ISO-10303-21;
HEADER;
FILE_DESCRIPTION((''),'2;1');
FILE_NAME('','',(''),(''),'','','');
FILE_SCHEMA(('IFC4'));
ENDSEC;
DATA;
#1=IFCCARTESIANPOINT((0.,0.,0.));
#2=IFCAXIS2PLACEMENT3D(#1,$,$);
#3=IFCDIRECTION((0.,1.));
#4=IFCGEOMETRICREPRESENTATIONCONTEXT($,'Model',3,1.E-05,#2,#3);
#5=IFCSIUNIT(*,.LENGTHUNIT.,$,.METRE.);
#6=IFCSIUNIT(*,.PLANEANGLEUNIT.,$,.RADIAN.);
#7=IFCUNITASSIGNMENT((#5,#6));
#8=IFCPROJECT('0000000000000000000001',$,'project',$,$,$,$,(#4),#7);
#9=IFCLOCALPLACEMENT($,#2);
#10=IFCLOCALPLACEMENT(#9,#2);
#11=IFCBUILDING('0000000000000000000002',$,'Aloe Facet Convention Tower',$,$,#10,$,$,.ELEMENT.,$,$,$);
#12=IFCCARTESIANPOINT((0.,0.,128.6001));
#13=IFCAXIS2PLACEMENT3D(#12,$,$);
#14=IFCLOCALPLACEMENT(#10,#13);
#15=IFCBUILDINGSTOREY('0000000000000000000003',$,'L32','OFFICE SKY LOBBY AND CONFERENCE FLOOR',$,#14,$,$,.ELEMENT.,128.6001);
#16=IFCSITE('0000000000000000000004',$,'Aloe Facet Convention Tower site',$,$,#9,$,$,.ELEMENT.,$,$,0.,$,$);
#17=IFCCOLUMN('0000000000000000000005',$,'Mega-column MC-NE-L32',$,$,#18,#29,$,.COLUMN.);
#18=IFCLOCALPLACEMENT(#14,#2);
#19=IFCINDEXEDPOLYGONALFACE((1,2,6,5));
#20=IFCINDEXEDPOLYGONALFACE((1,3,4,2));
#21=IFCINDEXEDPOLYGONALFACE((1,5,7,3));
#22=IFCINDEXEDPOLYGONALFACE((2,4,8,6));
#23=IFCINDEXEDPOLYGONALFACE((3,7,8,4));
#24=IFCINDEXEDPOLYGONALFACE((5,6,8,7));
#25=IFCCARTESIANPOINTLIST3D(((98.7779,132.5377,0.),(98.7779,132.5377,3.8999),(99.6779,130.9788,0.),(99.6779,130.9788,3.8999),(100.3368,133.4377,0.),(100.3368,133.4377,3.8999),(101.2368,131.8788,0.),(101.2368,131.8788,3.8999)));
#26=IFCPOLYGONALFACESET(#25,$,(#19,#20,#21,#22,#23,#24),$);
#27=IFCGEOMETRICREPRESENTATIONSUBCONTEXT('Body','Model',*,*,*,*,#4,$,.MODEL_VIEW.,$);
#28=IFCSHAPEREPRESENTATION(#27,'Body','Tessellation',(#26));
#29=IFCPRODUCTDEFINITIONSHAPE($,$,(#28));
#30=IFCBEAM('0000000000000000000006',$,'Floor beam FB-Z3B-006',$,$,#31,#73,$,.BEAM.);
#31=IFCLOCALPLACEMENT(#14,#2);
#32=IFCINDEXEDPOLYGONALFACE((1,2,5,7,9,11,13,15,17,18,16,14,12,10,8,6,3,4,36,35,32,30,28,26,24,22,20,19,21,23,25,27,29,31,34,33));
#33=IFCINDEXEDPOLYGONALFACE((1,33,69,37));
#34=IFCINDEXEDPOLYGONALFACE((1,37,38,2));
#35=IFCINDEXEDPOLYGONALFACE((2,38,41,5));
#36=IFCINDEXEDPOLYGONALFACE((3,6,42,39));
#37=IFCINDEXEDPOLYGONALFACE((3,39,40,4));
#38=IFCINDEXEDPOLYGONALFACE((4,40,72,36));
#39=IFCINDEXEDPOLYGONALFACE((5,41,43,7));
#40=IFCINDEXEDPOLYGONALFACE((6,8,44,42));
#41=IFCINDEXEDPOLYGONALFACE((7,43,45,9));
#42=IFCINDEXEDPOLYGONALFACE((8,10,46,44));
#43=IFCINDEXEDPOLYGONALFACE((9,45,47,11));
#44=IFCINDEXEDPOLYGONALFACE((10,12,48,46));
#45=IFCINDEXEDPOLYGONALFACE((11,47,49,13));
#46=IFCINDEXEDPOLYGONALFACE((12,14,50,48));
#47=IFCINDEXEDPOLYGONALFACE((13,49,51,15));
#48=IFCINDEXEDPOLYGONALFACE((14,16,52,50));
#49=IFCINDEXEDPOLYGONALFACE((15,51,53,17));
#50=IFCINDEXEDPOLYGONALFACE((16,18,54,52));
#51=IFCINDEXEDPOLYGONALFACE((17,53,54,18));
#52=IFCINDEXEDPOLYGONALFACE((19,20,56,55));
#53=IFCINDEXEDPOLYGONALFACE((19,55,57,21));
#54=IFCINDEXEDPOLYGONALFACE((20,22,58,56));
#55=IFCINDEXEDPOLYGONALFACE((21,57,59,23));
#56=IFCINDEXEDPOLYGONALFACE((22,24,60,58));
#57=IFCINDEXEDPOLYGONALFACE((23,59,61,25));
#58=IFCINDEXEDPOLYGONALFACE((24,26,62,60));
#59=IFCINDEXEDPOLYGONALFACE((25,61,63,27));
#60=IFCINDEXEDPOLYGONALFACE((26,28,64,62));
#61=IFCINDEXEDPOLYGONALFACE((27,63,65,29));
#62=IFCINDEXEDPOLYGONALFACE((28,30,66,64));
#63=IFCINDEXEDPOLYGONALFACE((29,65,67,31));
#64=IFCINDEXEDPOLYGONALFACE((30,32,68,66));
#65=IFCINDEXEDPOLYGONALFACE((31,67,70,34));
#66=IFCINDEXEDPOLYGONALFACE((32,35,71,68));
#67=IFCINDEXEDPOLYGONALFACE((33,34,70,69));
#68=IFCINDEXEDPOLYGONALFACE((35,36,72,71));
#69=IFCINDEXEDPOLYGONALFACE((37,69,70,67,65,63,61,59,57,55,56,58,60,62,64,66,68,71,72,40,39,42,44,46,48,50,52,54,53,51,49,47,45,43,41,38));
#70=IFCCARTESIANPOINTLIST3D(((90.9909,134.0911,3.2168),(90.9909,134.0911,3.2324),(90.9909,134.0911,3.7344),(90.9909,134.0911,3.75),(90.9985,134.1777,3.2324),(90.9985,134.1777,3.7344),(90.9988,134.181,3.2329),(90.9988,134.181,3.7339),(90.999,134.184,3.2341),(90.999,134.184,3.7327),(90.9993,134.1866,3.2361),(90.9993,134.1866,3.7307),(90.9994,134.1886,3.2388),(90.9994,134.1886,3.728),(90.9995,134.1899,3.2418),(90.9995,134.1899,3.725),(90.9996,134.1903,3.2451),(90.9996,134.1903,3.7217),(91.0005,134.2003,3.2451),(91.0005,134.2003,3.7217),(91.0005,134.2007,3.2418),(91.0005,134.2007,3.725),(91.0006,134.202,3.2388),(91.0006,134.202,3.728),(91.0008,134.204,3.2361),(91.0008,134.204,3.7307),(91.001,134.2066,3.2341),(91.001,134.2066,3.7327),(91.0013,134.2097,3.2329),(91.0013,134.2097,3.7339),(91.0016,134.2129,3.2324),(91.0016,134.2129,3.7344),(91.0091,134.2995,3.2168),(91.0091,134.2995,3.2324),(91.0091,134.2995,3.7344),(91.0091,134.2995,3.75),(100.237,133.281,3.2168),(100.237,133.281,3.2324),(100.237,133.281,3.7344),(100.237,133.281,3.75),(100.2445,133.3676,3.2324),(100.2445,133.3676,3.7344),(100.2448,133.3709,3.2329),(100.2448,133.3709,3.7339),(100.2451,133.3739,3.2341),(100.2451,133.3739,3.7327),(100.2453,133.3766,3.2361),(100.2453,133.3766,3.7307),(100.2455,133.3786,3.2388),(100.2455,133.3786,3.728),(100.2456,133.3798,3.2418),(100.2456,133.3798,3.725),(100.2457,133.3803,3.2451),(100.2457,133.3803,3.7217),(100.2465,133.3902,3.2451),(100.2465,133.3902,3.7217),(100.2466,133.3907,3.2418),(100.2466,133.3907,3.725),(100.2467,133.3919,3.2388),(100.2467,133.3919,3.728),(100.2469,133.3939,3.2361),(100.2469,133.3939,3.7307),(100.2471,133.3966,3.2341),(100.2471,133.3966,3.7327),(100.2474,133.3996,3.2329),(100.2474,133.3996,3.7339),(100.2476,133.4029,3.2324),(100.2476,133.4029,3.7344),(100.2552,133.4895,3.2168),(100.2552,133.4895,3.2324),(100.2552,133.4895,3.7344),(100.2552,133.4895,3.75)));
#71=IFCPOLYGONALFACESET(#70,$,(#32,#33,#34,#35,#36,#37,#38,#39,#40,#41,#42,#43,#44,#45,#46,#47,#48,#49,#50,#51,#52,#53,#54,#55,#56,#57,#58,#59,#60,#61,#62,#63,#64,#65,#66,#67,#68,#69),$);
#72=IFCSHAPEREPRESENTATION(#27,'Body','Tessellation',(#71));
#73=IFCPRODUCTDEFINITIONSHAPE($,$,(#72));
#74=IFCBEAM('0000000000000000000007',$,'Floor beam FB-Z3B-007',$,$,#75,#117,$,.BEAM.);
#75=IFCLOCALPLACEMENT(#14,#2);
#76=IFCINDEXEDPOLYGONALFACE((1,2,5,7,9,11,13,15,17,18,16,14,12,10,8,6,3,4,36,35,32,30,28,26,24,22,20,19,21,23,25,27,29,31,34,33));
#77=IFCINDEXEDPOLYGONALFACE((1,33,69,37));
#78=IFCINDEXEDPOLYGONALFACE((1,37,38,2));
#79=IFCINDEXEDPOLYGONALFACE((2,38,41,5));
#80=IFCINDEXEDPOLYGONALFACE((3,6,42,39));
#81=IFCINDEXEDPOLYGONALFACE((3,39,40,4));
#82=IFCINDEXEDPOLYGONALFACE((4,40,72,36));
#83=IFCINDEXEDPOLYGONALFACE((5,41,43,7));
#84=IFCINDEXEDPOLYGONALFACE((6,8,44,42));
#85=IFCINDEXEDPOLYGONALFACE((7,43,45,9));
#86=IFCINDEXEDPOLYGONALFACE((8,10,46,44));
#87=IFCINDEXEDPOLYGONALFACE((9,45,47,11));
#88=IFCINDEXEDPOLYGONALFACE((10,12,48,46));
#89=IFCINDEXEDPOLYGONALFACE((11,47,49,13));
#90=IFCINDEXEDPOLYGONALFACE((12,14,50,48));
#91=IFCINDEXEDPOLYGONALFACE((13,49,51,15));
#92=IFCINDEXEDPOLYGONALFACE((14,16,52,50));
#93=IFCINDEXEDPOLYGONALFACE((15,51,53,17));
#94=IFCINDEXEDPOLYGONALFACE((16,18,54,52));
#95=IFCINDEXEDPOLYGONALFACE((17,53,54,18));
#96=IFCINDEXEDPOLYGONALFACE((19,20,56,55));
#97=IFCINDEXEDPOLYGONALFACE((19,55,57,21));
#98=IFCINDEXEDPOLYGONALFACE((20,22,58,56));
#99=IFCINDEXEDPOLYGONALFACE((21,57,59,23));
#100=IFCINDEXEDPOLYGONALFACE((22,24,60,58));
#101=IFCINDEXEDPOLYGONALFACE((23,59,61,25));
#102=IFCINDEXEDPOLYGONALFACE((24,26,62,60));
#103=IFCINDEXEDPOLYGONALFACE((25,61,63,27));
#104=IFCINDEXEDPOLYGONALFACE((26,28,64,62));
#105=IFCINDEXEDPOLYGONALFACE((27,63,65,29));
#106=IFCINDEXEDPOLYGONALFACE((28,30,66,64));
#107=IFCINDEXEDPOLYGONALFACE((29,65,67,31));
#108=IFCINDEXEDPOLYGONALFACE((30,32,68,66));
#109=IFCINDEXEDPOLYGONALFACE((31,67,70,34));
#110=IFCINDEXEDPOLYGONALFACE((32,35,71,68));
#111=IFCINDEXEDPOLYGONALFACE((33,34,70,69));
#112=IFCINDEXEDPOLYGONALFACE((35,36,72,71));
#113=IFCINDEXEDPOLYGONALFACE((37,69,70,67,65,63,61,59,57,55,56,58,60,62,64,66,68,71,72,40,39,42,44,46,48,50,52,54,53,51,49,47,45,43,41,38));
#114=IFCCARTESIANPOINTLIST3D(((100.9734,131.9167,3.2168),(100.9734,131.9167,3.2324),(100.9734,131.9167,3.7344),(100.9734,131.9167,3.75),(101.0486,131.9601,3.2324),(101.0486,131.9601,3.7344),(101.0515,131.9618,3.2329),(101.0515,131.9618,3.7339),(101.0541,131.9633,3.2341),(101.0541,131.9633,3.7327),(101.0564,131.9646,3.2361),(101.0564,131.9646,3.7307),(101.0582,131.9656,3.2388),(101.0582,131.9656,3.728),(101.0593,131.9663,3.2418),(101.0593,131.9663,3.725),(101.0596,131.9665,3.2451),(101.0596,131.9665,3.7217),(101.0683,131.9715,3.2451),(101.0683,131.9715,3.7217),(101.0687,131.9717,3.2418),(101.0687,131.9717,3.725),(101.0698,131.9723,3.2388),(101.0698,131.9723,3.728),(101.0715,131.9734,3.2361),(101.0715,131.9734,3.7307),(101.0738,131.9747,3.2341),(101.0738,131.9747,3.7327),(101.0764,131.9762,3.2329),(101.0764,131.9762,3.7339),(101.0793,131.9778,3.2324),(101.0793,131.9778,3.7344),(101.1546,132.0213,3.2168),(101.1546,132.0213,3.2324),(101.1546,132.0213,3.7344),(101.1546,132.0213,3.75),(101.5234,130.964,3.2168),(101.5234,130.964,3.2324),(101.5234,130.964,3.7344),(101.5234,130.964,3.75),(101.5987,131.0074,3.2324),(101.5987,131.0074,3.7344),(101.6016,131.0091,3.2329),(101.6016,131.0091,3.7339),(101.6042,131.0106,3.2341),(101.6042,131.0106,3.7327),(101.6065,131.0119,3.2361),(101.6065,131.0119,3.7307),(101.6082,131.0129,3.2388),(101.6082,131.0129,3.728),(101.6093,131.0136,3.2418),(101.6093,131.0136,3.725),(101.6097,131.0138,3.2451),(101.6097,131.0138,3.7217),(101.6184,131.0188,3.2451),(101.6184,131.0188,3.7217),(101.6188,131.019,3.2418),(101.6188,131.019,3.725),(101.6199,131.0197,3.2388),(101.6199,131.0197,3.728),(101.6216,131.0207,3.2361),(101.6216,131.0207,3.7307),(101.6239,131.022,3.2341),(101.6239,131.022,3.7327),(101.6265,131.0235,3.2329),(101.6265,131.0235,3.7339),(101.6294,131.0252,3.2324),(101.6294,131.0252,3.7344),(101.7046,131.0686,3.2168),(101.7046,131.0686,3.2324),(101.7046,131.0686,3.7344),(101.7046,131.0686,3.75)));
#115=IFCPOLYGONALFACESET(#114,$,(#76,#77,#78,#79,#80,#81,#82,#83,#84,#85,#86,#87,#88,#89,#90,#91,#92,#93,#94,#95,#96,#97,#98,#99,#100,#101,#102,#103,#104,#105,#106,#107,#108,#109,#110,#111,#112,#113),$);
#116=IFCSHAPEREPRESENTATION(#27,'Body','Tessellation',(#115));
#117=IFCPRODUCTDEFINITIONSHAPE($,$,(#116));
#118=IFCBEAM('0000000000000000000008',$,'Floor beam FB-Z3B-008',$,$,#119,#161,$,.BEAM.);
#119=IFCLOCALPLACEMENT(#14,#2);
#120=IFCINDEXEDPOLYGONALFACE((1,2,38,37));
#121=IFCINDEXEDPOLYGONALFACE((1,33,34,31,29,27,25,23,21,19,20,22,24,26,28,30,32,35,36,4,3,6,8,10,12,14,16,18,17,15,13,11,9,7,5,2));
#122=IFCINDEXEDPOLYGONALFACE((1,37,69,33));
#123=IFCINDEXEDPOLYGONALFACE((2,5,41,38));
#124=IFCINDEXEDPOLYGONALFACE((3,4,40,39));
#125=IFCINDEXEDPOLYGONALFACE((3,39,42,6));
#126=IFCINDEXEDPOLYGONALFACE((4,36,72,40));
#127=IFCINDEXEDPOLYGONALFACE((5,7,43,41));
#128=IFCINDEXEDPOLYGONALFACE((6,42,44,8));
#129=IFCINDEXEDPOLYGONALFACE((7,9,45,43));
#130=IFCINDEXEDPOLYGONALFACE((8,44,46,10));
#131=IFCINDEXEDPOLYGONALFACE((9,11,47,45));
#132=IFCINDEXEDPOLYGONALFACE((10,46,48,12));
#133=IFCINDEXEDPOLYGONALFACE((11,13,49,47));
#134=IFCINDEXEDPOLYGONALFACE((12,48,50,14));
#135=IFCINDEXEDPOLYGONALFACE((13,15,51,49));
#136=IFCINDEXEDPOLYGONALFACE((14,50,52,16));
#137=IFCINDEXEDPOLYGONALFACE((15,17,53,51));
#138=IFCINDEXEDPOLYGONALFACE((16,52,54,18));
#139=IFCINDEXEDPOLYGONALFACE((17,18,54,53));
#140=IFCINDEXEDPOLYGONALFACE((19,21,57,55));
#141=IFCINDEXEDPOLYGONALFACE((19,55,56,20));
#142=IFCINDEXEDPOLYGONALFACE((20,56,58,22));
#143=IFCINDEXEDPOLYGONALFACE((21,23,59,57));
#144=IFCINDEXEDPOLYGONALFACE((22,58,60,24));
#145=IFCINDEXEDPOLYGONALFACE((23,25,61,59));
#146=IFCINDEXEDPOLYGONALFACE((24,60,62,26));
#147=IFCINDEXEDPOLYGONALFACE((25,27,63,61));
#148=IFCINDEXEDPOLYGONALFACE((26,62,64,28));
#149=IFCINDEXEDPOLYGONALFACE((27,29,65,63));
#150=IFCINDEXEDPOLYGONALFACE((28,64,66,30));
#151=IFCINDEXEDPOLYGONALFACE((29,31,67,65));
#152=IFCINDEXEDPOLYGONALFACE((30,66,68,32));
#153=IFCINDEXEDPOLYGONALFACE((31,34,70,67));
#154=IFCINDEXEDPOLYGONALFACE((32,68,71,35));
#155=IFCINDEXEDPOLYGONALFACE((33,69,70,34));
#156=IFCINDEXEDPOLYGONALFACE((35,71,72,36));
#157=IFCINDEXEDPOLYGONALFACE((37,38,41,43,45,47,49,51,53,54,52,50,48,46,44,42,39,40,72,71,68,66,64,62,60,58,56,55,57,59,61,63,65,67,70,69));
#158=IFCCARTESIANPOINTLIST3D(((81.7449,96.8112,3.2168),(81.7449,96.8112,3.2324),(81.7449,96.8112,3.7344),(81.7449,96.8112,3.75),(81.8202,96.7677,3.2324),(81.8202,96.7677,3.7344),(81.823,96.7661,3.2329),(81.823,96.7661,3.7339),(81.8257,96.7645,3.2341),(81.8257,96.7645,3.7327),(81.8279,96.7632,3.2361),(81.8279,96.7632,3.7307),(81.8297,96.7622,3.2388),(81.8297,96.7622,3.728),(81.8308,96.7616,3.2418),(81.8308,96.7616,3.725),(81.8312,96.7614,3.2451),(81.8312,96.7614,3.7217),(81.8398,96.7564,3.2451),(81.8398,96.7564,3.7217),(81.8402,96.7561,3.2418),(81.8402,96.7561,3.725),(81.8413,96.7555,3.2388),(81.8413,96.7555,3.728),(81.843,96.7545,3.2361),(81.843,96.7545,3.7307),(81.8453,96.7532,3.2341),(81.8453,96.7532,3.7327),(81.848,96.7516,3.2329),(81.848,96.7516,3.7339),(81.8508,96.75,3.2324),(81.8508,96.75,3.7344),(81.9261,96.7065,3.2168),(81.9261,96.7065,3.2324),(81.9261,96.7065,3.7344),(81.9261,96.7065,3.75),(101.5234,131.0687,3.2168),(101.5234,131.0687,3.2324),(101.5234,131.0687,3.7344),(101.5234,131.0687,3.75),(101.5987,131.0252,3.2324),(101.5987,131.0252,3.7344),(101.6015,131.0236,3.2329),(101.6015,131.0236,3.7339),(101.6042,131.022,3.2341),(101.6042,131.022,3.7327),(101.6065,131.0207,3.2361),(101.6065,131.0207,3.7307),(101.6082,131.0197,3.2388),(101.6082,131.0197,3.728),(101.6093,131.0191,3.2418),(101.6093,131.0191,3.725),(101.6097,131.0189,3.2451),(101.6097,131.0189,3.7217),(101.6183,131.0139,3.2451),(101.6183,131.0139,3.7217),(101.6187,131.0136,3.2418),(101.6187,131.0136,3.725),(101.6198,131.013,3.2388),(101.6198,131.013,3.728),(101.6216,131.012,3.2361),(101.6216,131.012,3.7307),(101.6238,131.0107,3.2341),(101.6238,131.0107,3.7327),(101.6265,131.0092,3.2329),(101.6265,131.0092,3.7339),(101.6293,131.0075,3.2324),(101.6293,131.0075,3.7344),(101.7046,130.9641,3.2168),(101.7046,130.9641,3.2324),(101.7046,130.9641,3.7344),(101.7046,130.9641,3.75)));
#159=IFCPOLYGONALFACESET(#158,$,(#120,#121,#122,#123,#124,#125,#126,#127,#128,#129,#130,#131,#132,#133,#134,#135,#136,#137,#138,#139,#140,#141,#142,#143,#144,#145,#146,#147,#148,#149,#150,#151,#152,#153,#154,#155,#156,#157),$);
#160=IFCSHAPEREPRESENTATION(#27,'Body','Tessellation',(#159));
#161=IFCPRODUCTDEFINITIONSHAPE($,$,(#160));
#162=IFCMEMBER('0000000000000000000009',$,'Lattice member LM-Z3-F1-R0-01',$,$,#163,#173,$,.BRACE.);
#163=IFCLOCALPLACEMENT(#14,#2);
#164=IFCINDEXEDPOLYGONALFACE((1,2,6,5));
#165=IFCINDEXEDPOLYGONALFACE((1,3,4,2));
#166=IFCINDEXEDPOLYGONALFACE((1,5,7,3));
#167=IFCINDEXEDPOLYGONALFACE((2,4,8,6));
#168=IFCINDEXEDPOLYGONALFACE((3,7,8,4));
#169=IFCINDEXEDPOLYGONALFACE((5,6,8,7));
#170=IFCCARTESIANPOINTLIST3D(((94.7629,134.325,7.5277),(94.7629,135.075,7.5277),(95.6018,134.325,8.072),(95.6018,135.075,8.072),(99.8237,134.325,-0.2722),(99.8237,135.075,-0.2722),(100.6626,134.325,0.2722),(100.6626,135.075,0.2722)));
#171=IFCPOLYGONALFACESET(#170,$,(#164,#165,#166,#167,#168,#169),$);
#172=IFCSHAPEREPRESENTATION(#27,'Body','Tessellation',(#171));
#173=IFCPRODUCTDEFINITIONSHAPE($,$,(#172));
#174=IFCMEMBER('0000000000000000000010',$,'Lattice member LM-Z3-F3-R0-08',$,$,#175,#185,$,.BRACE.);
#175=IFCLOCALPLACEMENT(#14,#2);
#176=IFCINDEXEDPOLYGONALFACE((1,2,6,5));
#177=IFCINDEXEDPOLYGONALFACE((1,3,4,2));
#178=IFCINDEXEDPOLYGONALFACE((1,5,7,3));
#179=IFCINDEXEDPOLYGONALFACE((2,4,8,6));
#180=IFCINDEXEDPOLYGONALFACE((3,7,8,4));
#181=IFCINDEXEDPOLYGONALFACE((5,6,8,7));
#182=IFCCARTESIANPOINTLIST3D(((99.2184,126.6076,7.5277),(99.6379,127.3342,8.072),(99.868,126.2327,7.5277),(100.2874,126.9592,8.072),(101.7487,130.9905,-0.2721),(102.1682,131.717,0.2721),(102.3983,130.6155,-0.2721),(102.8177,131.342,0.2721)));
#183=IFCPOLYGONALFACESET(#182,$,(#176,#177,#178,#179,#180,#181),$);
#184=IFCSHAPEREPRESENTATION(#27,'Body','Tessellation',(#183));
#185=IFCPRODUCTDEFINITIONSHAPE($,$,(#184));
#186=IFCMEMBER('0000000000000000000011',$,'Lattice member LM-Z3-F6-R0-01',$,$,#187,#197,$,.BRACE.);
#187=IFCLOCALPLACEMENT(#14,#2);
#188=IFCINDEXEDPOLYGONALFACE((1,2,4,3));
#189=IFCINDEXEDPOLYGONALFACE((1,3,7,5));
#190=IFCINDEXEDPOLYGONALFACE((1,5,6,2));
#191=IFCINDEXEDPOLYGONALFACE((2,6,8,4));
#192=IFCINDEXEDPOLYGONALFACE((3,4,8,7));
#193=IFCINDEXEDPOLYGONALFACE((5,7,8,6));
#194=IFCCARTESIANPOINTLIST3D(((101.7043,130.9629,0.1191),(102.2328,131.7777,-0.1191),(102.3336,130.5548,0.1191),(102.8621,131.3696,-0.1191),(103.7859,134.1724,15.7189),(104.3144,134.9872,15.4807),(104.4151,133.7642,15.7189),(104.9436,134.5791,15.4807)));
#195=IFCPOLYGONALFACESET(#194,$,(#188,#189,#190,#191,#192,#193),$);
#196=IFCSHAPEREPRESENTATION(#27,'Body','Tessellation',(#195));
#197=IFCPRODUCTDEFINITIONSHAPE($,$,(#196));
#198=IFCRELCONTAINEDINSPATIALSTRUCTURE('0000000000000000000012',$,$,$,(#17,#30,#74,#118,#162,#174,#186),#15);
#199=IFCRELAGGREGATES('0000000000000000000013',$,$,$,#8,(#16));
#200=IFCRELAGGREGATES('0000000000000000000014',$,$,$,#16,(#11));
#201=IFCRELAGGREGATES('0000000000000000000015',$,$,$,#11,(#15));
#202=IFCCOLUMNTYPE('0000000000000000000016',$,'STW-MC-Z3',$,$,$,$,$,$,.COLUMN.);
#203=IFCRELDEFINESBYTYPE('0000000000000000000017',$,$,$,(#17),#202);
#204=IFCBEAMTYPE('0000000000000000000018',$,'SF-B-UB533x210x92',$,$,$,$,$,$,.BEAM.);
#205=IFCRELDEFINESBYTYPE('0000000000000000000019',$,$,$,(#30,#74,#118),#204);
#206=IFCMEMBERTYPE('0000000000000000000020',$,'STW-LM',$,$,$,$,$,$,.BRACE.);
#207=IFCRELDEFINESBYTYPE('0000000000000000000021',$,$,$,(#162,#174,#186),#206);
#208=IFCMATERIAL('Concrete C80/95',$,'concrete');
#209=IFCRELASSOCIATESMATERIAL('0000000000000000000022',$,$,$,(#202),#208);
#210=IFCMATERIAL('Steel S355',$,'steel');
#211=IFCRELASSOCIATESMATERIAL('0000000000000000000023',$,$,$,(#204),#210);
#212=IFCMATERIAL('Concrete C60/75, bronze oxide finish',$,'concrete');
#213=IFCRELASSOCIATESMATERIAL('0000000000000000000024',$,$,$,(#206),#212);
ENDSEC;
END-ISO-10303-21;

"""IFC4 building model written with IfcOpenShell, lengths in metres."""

from ifc_helpers import new_model, si_unit, direction, frame, origin, origin_2d, place, context, subcontext, project, spatial, rectangle, i_section, extrude, material, material_profile, profile_set, type_object, element, save


model = new_model("IFC4")

# Units and contexts
model_context = context("Model", 3, precision=1e-05, world=origin(), true_north=direction((0.0, 1.0)))
body_context = subcontext(model_context, "Body", "Model", "MODEL_VIEW")
ifc_project = project(units=[si_unit("LENGTHUNIT", "METRE"), si_unit("PLANEANGLEUNIT", "RADIAN")], contexts=[model_context])

# Site, building, storey
site_placement = place(None, origin())
site = spatial("IfcSite", under=ifc_project, at=site_placement, Name="Aloe Facet Convention Tower site", CompositionType="ELEMENT", RefElevation=0.0)
building_placement = place(site_placement, origin())
building = spatial("IfcBuilding", under=site, at=building_placement, Name="Aloe Facet Convention Tower", CompositionType="ELEMENT")
storey_placement = place(building_placement, frame((0.0, 0.0, 128.6001)))
storey = spatial("IfcBuildingStorey", under=building, at=storey_placement, Name="L32", Description="OFFICE SKY LOBBY AND CONFERENCE FLOOR", CompositionType="ELEMENT", Elevation=128.6001)

# Column
ifc_material_1 = material(Name="Concrete C80/95", Category="concrete")
ifc_material_profile_1 = material_profile(ifc_material_1, rectangle(XDim=1.8, YDim=1.8, at=origin_2d()), Name="STW-MC-Z3")
ifc_profile_set_1 = profile_set([ifc_material_profile_1], Name="Concrete C80/95")
column_type = type_object("IfcColumnType", Name="STW-MC-Z3", PredefinedType="COLUMN", material=ifc_profile_set_1)
column_placement = place(storey_placement, frame((100.0073, 132.2083, 0.0), z_axis=(0.0, 0.0, 1.0), x_axis=(-0.5, 0.866025, 0.0)))
element("IfcColumn", 1, at=column_placement, inside=storey, type_object=column_type, Name="Mega-column MC-NE-L32", PredefinedType="COLUMN", context=body_context, shape_type="SweptSolid", body=[
    extrude(rectangle(XDim=1.8, YDim=1.8, at=origin_2d()), origin(), (0.0, 0.0, 1.0), 3.8999),
])

# Beams
ifc_material_2 = material(Name="Steel S355", Category="steel")
ifc_material_profile_2 = material_profile(ifc_material_2, i_section(OverallWidth=0.2092, OverallDepth=0.5332, WebThickness=0.01, FlangeThickness=0.0156, FilletRadius=0.0127, at=origin_2d()), Name="UB 533x210x92")
ifc_profile_set_2 = profile_set([ifc_material_profile_2], Name="Steel S355")
beam_type = type_object("IfcBeamType", Name="SF-B-UB533x210x92", PredefinedType="BEAM", material=ifc_profile_set_2)
beam_1_placement = place(storey_placement, frame((100.2461, 133.3853, 3.4834), z_axis=(-0.996184, 0.087277, 0.0), x_axis=(-0.087277, -0.996184, 0.0)))
element("IfcBeam", 2, at=beam_1_placement, inside=storey, type_object=beam_type, Name="Floor beam FB-Z3B-006", PredefinedType="BEAM", context=body_context, shape_type="SweptSolid", body=[
    extrude(i_section(OverallWidth=0.2092, OverallDepth=0.5332, WebThickness=0.01, FlangeThickness=0.0156, FilletRadius=0.0127, at=origin_2d()), origin(), (0.0, 0.0, 1.0), 9.2815),
])
beam_2_placement = place(storey_placement, frame((101.064, 131.969, 3.4834), z_axis=(0.50003, -0.866008, 0.0), x_axis=(0.866008, 0.50003, 0.0)))
element("IfcBeam", 3, at=beam_2_placement, inside=storey, type_object=beam_type, Name="Floor beam FB-Z3B-007", PredefinedType="BEAM", context=body_context, shape_type="SweptSolid", body=[
    extrude(i_section(OverallWidth=0.2092, OverallDepth=0.5332, WebThickness=0.01, FlangeThickness=0.0156, FilletRadius=0.0127, at=origin_2d()), origin(), (0.0, 0.0, 1.0), 1.1001),
])
beam_3_placement = place(storey_placement, frame((101.614, 131.0164, 3.4834), z_axis=(-0.499999, -0.866026, 0.0), x_axis=(0.866026, -0.499999, 0.0)))
element("IfcBeam", 4, at=beam_3_placement, inside=storey, type_object=beam_type, Name="Floor beam FB-Z3B-008", PredefinedType="BEAM", context=body_context, shape_type="SweptSolid", body=[
    extrude(i_section(OverallWidth=0.2092, OverallDepth=0.5332, WebThickness=0.01, FlangeThickness=0.0156, FilletRadius=0.0127, at=origin_2d()), origin(), (0.0, 0.0, 1.0), 39.5571),
])

# Members
ifc_material_3 = material(Name="Concrete C60/75, bronze oxide finish", Category="concrete")
ifc_material_profile_3 = material_profile(ifc_material_3, rectangle(XDim=0.75, YDim=1.0, at=origin_2d()), Name="STW-LM")
ifc_profile_set_3 = profile_set([ifc_material_profile_3], Name="Concrete C60/75, bronze oxide finish")
member_type = type_object("IfcMemberType", Name="STW-LM", PredefinedType="BRACE", material=ifc_profile_set_3)
for number, where, z_axis, x_axis, name in (
    (5, (100.2432, 134.7, 0.0), (-0.544301, 0.0, 0.83889), (0.0, -1.0, 0.0), "Lattice member LM-Z3-F1-R0-01"),
    (6, (102.2832, 131.1663, 0.0), (-0.272138, -0.471384, 0.838891), (0.866038, -0.499979, 0.0), "Lattice member LM-Z3-F3-R0-08"),
):
    element("IfcMember", number, at=place(storey_placement, frame(where, z_axis=z_axis, x_axis=x_axis)), inside=storey, type_object=member_type, Name=name, PredefinedType="BRACE", context=body_context, shape_type="SweptSolid", body=[
        extrude(rectangle(XDim=0.75, YDim=1.0, at=origin_2d()), origin(), (0.0, 0.0, 1.0), 9.2979),
    ])
member_1_placement = place(storey_placement, frame((102.2832, 131.1663, 0.0), z_axis=(0.129594, 0.199817, 0.971225), x_axis=(-0.838994, 0.54414, 0.0)))
element("IfcMember", 7, at=member_1_placement, inside=storey, type_object=member_type, Name="Lattice member LM-Z3-F6-R0-01", PredefinedType="BRACE", context=body_context, shape_type="SweptSolid", body=[
    extrude(rectangle(XDim=0.75, YDim=1.0, at=origin_2d()), origin(), (0.0, 0.0, 1.0), 16.062),
])

save(model, "model.ifc")
